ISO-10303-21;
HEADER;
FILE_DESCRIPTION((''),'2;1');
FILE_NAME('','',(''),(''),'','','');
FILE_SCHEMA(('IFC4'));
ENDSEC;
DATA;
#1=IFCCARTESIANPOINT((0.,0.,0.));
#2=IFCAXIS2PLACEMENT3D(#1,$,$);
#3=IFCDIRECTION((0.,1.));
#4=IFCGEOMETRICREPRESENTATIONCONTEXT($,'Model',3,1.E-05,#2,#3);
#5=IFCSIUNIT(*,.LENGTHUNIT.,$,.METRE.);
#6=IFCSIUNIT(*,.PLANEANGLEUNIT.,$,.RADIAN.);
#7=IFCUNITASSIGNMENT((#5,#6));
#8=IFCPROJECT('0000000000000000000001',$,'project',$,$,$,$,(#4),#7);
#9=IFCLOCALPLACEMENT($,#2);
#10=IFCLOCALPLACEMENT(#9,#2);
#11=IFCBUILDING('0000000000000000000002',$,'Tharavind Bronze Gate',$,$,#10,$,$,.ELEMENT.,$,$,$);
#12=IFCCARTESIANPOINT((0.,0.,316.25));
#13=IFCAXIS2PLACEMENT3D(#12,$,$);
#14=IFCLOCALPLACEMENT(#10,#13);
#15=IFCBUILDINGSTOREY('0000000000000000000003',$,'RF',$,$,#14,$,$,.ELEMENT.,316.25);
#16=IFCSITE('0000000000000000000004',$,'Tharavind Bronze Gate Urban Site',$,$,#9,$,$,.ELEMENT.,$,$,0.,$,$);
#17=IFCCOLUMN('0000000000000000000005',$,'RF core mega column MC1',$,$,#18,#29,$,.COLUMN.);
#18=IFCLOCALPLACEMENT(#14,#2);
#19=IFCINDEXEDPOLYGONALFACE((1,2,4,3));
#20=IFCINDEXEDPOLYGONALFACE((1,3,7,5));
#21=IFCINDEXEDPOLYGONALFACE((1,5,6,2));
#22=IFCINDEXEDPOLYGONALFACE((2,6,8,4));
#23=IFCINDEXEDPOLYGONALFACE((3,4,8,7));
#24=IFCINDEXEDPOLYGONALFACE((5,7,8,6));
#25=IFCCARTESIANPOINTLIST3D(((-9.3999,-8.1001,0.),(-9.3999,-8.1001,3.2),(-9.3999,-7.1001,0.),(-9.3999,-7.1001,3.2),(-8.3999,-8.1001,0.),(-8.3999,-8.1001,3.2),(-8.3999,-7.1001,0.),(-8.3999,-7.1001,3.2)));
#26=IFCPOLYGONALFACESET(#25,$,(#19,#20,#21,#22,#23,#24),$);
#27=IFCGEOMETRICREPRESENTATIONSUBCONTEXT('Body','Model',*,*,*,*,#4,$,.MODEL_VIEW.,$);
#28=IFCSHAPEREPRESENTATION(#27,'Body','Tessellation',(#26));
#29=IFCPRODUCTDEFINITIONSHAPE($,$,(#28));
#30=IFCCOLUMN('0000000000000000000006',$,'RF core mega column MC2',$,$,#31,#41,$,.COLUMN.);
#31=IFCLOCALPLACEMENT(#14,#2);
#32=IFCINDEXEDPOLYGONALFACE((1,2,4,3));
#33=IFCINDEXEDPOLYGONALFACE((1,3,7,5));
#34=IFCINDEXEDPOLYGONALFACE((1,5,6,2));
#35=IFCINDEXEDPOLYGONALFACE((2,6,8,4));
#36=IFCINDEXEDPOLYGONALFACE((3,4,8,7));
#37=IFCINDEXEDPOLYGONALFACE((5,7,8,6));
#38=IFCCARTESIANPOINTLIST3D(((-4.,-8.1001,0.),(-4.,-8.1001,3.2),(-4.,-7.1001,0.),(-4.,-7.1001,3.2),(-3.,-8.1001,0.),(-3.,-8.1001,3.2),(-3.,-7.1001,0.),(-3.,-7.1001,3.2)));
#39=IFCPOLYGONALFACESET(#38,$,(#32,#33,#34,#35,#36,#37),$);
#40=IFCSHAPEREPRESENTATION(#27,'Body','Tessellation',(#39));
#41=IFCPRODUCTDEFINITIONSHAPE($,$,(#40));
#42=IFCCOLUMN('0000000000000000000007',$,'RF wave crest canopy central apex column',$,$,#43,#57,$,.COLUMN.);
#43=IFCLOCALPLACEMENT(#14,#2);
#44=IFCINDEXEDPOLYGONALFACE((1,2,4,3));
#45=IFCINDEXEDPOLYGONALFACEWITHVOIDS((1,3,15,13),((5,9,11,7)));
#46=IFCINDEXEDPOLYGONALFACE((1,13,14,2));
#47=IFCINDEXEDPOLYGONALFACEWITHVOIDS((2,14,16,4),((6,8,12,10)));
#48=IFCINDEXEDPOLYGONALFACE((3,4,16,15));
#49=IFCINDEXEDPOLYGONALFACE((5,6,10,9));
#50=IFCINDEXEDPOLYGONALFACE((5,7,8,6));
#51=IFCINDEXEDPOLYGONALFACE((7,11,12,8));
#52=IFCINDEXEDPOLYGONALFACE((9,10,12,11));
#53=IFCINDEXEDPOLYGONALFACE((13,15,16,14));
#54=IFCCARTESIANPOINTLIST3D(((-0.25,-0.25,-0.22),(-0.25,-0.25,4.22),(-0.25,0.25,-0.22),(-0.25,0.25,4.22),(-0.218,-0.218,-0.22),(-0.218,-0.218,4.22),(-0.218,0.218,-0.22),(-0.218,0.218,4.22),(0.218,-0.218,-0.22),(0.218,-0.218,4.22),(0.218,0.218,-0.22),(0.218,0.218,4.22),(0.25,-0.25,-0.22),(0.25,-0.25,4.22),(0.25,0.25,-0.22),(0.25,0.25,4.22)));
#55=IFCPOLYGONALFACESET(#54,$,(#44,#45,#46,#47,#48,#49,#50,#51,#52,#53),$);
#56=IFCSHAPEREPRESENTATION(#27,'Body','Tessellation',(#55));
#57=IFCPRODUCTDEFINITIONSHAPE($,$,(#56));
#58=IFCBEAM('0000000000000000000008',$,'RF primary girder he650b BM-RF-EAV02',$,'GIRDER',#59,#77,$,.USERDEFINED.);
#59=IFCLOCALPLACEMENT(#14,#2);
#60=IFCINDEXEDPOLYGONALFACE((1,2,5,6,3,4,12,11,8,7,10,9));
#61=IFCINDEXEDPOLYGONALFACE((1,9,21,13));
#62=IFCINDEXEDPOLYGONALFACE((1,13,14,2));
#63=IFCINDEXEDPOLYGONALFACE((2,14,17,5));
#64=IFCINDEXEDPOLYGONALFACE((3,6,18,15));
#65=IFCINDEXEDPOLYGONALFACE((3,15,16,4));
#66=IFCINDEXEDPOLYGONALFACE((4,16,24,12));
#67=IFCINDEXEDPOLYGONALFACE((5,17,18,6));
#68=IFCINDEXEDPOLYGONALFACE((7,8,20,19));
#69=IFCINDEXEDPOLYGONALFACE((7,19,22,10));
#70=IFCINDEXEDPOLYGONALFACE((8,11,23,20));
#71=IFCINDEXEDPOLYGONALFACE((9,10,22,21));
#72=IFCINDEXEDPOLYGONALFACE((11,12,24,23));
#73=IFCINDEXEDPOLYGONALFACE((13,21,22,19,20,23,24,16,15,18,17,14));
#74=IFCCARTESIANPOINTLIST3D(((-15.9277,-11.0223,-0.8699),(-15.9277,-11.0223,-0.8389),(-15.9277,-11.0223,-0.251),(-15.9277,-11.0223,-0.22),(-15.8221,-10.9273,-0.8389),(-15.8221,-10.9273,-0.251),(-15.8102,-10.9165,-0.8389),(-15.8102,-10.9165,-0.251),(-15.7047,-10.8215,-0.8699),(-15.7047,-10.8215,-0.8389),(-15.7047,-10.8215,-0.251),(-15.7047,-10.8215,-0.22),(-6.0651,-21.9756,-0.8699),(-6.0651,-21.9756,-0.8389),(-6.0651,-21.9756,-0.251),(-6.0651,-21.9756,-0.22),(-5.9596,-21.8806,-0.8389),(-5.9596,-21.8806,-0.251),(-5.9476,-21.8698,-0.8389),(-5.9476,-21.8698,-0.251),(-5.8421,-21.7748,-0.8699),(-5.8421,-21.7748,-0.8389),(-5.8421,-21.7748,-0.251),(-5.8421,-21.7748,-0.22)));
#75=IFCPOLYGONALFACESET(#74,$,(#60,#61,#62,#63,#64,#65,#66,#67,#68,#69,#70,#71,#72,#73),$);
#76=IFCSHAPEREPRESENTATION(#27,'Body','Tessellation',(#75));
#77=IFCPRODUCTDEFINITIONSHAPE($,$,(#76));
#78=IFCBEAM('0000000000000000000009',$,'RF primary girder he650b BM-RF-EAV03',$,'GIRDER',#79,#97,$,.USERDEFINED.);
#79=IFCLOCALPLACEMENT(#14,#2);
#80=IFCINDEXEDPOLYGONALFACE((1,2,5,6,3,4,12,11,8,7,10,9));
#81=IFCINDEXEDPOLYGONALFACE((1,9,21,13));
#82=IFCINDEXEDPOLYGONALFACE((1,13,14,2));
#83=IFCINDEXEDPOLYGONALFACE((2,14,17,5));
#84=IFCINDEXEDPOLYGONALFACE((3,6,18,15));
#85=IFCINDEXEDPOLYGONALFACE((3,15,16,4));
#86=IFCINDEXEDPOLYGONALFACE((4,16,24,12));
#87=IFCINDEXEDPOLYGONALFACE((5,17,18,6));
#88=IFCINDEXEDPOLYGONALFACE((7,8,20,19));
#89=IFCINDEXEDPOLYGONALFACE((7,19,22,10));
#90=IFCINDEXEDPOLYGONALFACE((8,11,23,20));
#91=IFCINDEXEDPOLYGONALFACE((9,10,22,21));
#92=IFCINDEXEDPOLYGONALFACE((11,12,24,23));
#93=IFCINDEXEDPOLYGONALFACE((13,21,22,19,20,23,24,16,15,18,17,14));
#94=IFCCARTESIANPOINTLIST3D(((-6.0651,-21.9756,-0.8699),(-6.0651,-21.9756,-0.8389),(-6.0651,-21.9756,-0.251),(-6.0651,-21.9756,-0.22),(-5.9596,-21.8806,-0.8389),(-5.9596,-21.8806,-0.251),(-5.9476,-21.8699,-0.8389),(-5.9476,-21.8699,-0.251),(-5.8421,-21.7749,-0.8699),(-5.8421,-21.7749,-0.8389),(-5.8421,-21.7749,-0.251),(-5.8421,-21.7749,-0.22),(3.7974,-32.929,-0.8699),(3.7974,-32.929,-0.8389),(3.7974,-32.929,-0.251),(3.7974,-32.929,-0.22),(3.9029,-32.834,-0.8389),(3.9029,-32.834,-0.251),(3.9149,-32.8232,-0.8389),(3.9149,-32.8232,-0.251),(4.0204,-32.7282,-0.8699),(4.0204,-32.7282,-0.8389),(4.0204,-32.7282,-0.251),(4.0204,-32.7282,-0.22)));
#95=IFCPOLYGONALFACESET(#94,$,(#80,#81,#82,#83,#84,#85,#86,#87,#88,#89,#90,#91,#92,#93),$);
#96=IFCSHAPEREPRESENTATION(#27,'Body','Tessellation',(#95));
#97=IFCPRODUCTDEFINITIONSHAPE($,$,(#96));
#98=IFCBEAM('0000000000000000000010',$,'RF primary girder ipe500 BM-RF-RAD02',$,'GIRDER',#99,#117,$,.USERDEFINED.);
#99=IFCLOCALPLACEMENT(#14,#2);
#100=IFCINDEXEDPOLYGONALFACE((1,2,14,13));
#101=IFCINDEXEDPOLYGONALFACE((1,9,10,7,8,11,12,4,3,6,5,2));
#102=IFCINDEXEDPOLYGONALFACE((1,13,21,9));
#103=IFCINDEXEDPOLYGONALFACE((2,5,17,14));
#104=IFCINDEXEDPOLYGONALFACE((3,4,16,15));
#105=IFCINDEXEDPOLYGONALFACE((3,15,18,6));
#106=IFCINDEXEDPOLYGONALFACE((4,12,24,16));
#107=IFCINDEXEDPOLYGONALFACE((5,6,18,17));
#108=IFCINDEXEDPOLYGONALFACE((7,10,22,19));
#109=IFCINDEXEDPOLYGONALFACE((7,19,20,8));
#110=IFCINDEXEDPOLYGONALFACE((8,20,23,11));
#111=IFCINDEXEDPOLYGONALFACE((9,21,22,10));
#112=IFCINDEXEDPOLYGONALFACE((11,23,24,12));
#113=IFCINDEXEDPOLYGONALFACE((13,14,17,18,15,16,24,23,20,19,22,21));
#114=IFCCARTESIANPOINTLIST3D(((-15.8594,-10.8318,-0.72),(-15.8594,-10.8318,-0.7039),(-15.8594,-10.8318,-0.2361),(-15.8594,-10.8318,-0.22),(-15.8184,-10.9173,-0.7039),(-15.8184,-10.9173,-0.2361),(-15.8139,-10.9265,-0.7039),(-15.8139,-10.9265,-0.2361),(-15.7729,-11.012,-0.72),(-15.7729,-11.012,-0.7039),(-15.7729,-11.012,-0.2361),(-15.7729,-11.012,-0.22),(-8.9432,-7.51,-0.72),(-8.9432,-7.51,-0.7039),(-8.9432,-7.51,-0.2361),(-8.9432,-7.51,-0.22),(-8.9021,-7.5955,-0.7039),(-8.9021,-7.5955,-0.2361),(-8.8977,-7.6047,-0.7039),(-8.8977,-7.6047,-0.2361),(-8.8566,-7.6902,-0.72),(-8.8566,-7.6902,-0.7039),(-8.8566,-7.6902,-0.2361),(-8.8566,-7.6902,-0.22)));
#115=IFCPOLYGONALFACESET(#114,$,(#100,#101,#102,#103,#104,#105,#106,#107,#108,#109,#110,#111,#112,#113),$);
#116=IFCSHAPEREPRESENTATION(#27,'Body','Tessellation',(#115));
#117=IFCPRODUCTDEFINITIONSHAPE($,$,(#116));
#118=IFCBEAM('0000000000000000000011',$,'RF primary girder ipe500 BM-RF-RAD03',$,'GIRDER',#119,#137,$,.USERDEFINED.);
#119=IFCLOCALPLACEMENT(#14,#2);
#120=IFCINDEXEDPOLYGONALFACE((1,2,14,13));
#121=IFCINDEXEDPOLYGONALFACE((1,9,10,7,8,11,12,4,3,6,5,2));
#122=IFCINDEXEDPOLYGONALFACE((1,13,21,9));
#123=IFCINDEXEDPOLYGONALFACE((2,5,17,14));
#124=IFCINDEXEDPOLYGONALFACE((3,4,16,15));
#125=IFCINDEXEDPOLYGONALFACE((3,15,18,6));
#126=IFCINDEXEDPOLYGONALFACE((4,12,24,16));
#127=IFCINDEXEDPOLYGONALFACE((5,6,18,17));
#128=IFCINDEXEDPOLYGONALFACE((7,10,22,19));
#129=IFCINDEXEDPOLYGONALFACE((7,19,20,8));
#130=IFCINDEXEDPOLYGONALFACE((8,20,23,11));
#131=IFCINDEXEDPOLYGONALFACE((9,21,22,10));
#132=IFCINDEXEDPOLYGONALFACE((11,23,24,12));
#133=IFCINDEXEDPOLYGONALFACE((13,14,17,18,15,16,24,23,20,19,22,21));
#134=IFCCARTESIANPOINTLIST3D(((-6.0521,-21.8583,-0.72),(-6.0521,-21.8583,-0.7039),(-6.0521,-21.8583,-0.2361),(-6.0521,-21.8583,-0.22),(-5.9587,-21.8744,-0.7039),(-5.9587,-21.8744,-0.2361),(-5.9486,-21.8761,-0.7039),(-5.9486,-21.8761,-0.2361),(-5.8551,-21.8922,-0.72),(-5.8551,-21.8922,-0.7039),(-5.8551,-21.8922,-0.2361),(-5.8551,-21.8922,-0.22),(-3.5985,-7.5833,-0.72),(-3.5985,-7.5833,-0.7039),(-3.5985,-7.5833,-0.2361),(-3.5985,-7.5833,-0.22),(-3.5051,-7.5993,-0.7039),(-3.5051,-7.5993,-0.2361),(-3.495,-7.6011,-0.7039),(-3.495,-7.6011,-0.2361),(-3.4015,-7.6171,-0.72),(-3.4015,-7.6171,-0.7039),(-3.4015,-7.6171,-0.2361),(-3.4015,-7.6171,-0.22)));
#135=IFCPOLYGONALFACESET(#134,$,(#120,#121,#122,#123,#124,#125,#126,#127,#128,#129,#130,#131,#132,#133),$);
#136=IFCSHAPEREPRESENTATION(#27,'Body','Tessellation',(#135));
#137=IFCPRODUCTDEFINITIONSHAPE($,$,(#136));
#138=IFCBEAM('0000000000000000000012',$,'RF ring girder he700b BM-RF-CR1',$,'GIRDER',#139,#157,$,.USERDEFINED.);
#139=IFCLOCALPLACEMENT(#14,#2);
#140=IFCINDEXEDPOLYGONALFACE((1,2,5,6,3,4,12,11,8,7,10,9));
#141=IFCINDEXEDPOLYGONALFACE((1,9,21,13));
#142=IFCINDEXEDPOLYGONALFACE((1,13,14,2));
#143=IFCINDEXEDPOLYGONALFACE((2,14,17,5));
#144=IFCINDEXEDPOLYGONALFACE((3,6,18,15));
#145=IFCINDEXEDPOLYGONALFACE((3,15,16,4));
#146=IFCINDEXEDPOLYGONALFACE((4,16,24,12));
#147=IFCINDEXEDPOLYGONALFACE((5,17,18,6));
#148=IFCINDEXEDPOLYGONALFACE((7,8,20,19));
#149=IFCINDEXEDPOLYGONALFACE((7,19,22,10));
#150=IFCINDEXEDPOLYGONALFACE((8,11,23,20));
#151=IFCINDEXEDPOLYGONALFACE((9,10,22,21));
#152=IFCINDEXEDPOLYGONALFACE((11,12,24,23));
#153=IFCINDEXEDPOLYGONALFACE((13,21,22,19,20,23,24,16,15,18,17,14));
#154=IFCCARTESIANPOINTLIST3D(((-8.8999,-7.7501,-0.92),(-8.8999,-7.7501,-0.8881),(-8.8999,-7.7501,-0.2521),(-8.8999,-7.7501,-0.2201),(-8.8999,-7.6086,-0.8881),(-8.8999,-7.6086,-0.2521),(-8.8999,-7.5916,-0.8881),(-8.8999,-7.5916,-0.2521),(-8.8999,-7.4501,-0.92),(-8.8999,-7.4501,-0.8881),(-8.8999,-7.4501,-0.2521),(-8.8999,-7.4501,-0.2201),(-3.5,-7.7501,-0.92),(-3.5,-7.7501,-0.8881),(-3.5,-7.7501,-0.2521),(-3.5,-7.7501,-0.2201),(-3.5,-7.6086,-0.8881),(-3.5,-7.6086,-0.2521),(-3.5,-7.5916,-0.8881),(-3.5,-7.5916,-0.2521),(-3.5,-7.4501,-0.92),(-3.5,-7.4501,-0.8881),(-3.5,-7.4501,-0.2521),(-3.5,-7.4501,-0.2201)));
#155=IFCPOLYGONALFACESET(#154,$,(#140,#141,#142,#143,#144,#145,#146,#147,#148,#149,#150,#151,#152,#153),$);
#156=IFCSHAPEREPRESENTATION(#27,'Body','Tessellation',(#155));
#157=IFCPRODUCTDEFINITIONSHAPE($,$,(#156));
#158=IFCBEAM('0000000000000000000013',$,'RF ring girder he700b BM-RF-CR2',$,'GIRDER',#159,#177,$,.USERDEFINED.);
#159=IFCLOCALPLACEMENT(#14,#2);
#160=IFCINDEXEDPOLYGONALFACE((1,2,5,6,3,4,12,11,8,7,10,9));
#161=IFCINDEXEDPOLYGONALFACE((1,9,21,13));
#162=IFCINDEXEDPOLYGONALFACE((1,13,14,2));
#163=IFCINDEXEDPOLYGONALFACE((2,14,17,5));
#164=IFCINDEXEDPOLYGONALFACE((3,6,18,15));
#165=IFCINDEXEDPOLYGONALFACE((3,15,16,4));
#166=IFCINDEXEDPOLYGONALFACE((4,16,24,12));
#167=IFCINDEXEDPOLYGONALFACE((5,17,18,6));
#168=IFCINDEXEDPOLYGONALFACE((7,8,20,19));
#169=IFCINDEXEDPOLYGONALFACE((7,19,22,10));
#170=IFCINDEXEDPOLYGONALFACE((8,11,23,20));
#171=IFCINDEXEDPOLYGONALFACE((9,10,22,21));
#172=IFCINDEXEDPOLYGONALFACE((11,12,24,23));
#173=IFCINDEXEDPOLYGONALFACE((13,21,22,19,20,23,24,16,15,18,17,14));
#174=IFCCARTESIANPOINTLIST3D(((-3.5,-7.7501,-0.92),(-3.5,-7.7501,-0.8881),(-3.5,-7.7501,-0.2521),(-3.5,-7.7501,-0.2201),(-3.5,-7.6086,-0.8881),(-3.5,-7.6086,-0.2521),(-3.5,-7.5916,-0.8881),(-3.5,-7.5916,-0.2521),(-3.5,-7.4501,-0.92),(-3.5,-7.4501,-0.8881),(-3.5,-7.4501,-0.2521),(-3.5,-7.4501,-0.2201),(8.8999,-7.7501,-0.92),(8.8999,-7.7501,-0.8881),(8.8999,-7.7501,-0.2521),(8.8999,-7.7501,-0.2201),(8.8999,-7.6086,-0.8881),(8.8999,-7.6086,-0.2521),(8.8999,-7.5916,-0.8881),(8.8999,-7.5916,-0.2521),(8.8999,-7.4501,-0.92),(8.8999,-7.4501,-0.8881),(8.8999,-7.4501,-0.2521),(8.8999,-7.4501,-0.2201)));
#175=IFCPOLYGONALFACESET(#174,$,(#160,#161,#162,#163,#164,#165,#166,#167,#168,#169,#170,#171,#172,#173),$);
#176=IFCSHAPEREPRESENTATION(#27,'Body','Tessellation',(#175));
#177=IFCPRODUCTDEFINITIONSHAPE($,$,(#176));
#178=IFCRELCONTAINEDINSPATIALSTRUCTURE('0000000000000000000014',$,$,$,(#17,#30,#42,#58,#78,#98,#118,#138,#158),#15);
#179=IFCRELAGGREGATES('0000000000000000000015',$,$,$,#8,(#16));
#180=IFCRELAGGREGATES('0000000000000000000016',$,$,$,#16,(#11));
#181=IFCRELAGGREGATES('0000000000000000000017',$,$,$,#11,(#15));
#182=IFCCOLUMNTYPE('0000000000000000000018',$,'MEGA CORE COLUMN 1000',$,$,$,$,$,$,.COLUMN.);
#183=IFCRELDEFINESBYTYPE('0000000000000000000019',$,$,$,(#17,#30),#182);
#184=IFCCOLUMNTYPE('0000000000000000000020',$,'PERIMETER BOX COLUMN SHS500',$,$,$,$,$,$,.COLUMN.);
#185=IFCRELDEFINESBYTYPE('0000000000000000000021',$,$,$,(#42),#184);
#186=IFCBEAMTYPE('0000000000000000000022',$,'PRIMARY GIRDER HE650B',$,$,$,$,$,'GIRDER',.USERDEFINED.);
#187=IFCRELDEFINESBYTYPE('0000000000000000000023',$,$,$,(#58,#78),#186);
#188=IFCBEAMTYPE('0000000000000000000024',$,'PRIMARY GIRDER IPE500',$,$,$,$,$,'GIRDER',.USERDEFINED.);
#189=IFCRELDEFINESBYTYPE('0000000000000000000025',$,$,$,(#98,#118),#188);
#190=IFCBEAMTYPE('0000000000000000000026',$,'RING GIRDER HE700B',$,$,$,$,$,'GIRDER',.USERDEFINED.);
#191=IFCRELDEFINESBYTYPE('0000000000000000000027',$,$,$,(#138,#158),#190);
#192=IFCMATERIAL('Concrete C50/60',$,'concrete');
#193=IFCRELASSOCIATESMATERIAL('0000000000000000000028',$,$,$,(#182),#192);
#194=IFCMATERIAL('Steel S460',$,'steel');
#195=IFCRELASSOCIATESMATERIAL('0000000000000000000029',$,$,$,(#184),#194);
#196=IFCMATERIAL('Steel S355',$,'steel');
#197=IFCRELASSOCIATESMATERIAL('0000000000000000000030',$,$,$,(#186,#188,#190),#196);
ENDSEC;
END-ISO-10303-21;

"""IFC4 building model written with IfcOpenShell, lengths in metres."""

from ifc_helpers import new_model, si_unit, direction, frame, origin, origin_2d, place, context, subcontext, project, spatial, rectangle, hollow_rectangle, i_section, extrude, material, material_profile, profile_set, type_object, element, save


model = new_model("IFC4")

# Units and contexts
model_context = context("Model", 3, precision=1e-05, world=origin(), true_north=direction((0.0, 1.0)))
body_context = subcontext(model_context, "Body", "Model", "MODEL_VIEW")
ifc_project = project(units=[si_unit("LENGTHUNIT", "METRE"), si_unit("PLANEANGLEUNIT", "RADIAN")], contexts=[model_context])

# Site, building, storey
site_placement = place(None, origin())
site = spatial("IfcSite", under=ifc_project, at=site_placement, Name="Tharavind Bronze Gate Urban Site", CompositionType="ELEMENT", RefElevation=0.0)
building_placement = place(site_placement, origin())
building = spatial("IfcBuilding", under=site, at=building_placement, Name="Tharavind Bronze Gate", CompositionType="ELEMENT")
storey_placement = place(building_placement, frame((0.0, 0.0, 316.25)))
storey = spatial("IfcBuildingStorey", under=building, at=storey_placement, Name="RF", CompositionType="ELEMENT", Elevation=316.25)

# Columns
ifc_material_1 = material(Name="Concrete C50/60", Category="concrete")
ifc_material_profile_1 = material_profile(ifc_material_1, rectangle(XDim=1.0, YDim=1.0, at=origin_2d()), Name="RCCOL1000")
ifc_profile_set_1 = profile_set([ifc_material_profile_1], Name="Concrete C50/60")
column_type_1 = type_object("IfcColumnType", Name="MEGA CORE COLUMN 1000", PredefinedType="COLUMN", material=ifc_profile_set_1)
for number, where, z_axis, x_axis, name in (
    (1, (-8.8999, -7.6001, 0.0), (0.0, 0.0, 1.0), (1.0, 0.0, 0.0), "RF core mega column MC1"),
    (2, (-3.5, -7.6001, 0.0), (0.0, 0.0, 1.0), (1.0, 0.0, 0.0), "RF core mega column MC2"),
):
    element("IfcColumn", number, at=place(storey_placement, frame(where, z_axis=z_axis, x_axis=x_axis)), inside=storey, type_object=column_type_1, Name=name, PredefinedType="COLUMN", context=body_context, shape_type="SweptSolid", body=[
        extrude(rectangle(XDim=1.0, YDim=1.0, at=origin_2d()), origin(), (0.0, 0.0, 1.0), 3.2),
    ])
ifc_material_2 = material(Name="Steel S460", Category="steel")
ifc_material_profile_2 = material_profile(ifc_material_2, hollow_rectangle(XDim=0.5, YDim=0.5, WallThickness=0.032, at=origin_2d()), Name="SHS500X32")
ifc_profile_set_2 = profile_set([ifc_material_profile_2], Name="Steel S460")
column_type_2 = type_object("IfcColumnType", Name="PERIMETER BOX COLUMN SHS500", PredefinedType="COLUMN", material=ifc_profile_set_2)
column_placement = place(storey_placement, frame((0.0, 0.0, -0.22), z_axis=(0.0, 0.0, 1.0), x_axis=(1.0, 0.0, 0.0)))
element("IfcColumn", 3, at=column_placement, inside=storey, type_object=column_type_2, Name="RF wave crest canopy central apex column", PredefinedType="COLUMN", context=body_context, shape_type="SweptSolid", body=[
    extrude(hollow_rectangle(XDim=0.5, YDim=0.5, WallThickness=0.032, at=origin_2d()), origin(), (0.0, 0.0, 1.0), 4.4399),
])

# Beams
ifc_material_3 = material(Name="Steel S355", Category="steel")
ifc_material_profile_3 = material_profile(ifc_material_3, i_section(OverallWidth=0.3, OverallDepth=0.6499, WebThickness=0.0161, FlangeThickness=0.031, at=origin_2d()), Name="HE650B")
ifc_profile_set_3 = profile_set([ifc_material_profile_3], Name="Steel S355")
beam_type_1 = type_object("IfcBeamType", Name="PRIMARY GIRDER HE650B", ElementType="GIRDER", PredefinedType="USERDEFINED", material=ifc_profile_set_3)
for number, where, z_axis, x_axis, name in (
    (4, (-15.8162, -10.9219, -0.5449), (0.669134, -0.743142, 0.0), (0.743142, 0.669134, 0.0), "RF primary girder he650b BM-RF-EAV02"),
    (5, (-5.9536, -21.8752, -0.5449), (0.669134, -0.743142, 0.0), (0.743142, 0.669134, 0.0), "RF primary girder he650b BM-RF-EAV03"),
):
    element("IfcBeam", number, at=place(storey_placement, frame(where, z_axis=z_axis, x_axis=x_axis)), inside=storey, type_object=beam_type_1, Name=name, ObjectType="GIRDER", PredefinedType="USERDEFINED", context=body_context, shape_type="SweptSolid", body=[
        extrude(i_section(OverallWidth=0.3, OverallDepth=0.6499, WebThickness=0.0161, FlangeThickness=0.031, at=origin_2d()), origin(), (0.0, 0.0, 1.0), 14.7393),
    ])
ifc_material_profile_4 = material_profile(ifc_material_3, i_section(OverallWidth=0.2, OverallDepth=0.5, WebThickness=0.0103, FlangeThickness=0.0161, at=origin_2d()), Name="IPE500")
ifc_profile_set_4 = profile_set([ifc_material_profile_4], Name="Steel S355")
beam_type_2 = type_object("IfcBeamType", Name="PRIMARY GIRDER IPE500", ElementType="GIRDER", PredefinedType="USERDEFINED", material=ifc_profile_set_4)
beam_1_placement = place(storey_placement, frame((-15.8162, -10.9219, -0.47), z_axis=(0.901423, 0.43294, 0.0), x_axis=(-0.43294, 0.901423, 0.0)))
element("IfcBeam", 6, at=beam_1_placement, inside=storey, type_object=beam_type_2, Name="RF primary girder ipe500 BM-RF-RAD02", ObjectType="GIRDER", PredefinedType="USERDEFINED", context=body_context, shape_type="SweptSolid", body=[
    extrude(i_section(OverallWidth=0.2, OverallDepth=0.5, WebThickness=0.0103, FlangeThickness=0.0161, at=origin_2d()), origin(), (0.0, 0.0, 1.0), 7.6726),
])
beam_2_placement = place(storey_placement, frame((-5.9536, -21.8752, -0.47), z_axis=(0.169396, 0.985548, 0.0), x_axis=(-0.985548, 0.169396, 0.0)))
element("IfcBeam", 7, at=beam_2_placement, inside=storey, type_object=beam_type_2, Name="RF primary girder ipe500 BM-RF-RAD03", ObjectType="GIRDER", PredefinedType="USERDEFINED", context=body_context, shape_type="SweptSolid", body=[
    extrude(i_section(OverallWidth=0.2, OverallDepth=0.5, WebThickness=0.0103, FlangeThickness=0.0161, at=origin_2d()), origin(), (0.0, 0.0, 1.0), 14.4844),
])
ifc_material_profile_5 = material_profile(ifc_material_3, i_section(OverallWidth=0.3, OverallDepth=0.7, WebThickness=0.0171, FlangeThickness=0.032, at=origin_2d()), Name="HE700B")
ifc_profile_set_5 = profile_set([ifc_material_profile_5], Name="Steel S355")
beam_type_3 = type_object("IfcBeamType", Name="RING GIRDER HE700B", ElementType="GIRDER", PredefinedType="USERDEFINED", material=ifc_profile_set_5)
beam_3_placement = place(storey_placement, frame((-8.8999, -7.6001, -0.5701), z_axis=(1.0, 0.0, 0.0), x_axis=(0.0, 1.0, 0.0)))
element("IfcBeam", 8, at=beam_3_placement, inside=storey, type_object=beam_type_3, Name="RF ring girder he700b BM-RF-CR1", ObjectType="GIRDER", PredefinedType="USERDEFINED", context=body_context, shape_type="SweptSolid", body=[
    extrude(i_section(OverallWidth=0.3, OverallDepth=0.7, WebThickness=0.0171, FlangeThickness=0.032, at=origin_2d()), origin(), (0.0, 0.0, 1.0), 5.3999),
])
beam_4_placement = place(storey_placement, frame((-3.5, -7.6001, -0.5701), z_axis=(1.0, 0.0, 0.0), x_axis=(0.0, 1.0, 0.0)))
element("IfcBeam", 9, at=beam_4_placement, inside=storey, type_object=beam_type_3, Name="RF ring girder he700b BM-RF-CR2", ObjectType="GIRDER", PredefinedType="USERDEFINED", context=body_context, shape_type="SweptSolid", body=[
    extrude(i_section(OverallWidth=0.3, OverallDepth=0.7, WebThickness=0.0171, FlangeThickness=0.032, at=origin_2d()), origin(), (0.0, 0.0, 1.0), 12.3999),
])

save(model, "model.ifc")
